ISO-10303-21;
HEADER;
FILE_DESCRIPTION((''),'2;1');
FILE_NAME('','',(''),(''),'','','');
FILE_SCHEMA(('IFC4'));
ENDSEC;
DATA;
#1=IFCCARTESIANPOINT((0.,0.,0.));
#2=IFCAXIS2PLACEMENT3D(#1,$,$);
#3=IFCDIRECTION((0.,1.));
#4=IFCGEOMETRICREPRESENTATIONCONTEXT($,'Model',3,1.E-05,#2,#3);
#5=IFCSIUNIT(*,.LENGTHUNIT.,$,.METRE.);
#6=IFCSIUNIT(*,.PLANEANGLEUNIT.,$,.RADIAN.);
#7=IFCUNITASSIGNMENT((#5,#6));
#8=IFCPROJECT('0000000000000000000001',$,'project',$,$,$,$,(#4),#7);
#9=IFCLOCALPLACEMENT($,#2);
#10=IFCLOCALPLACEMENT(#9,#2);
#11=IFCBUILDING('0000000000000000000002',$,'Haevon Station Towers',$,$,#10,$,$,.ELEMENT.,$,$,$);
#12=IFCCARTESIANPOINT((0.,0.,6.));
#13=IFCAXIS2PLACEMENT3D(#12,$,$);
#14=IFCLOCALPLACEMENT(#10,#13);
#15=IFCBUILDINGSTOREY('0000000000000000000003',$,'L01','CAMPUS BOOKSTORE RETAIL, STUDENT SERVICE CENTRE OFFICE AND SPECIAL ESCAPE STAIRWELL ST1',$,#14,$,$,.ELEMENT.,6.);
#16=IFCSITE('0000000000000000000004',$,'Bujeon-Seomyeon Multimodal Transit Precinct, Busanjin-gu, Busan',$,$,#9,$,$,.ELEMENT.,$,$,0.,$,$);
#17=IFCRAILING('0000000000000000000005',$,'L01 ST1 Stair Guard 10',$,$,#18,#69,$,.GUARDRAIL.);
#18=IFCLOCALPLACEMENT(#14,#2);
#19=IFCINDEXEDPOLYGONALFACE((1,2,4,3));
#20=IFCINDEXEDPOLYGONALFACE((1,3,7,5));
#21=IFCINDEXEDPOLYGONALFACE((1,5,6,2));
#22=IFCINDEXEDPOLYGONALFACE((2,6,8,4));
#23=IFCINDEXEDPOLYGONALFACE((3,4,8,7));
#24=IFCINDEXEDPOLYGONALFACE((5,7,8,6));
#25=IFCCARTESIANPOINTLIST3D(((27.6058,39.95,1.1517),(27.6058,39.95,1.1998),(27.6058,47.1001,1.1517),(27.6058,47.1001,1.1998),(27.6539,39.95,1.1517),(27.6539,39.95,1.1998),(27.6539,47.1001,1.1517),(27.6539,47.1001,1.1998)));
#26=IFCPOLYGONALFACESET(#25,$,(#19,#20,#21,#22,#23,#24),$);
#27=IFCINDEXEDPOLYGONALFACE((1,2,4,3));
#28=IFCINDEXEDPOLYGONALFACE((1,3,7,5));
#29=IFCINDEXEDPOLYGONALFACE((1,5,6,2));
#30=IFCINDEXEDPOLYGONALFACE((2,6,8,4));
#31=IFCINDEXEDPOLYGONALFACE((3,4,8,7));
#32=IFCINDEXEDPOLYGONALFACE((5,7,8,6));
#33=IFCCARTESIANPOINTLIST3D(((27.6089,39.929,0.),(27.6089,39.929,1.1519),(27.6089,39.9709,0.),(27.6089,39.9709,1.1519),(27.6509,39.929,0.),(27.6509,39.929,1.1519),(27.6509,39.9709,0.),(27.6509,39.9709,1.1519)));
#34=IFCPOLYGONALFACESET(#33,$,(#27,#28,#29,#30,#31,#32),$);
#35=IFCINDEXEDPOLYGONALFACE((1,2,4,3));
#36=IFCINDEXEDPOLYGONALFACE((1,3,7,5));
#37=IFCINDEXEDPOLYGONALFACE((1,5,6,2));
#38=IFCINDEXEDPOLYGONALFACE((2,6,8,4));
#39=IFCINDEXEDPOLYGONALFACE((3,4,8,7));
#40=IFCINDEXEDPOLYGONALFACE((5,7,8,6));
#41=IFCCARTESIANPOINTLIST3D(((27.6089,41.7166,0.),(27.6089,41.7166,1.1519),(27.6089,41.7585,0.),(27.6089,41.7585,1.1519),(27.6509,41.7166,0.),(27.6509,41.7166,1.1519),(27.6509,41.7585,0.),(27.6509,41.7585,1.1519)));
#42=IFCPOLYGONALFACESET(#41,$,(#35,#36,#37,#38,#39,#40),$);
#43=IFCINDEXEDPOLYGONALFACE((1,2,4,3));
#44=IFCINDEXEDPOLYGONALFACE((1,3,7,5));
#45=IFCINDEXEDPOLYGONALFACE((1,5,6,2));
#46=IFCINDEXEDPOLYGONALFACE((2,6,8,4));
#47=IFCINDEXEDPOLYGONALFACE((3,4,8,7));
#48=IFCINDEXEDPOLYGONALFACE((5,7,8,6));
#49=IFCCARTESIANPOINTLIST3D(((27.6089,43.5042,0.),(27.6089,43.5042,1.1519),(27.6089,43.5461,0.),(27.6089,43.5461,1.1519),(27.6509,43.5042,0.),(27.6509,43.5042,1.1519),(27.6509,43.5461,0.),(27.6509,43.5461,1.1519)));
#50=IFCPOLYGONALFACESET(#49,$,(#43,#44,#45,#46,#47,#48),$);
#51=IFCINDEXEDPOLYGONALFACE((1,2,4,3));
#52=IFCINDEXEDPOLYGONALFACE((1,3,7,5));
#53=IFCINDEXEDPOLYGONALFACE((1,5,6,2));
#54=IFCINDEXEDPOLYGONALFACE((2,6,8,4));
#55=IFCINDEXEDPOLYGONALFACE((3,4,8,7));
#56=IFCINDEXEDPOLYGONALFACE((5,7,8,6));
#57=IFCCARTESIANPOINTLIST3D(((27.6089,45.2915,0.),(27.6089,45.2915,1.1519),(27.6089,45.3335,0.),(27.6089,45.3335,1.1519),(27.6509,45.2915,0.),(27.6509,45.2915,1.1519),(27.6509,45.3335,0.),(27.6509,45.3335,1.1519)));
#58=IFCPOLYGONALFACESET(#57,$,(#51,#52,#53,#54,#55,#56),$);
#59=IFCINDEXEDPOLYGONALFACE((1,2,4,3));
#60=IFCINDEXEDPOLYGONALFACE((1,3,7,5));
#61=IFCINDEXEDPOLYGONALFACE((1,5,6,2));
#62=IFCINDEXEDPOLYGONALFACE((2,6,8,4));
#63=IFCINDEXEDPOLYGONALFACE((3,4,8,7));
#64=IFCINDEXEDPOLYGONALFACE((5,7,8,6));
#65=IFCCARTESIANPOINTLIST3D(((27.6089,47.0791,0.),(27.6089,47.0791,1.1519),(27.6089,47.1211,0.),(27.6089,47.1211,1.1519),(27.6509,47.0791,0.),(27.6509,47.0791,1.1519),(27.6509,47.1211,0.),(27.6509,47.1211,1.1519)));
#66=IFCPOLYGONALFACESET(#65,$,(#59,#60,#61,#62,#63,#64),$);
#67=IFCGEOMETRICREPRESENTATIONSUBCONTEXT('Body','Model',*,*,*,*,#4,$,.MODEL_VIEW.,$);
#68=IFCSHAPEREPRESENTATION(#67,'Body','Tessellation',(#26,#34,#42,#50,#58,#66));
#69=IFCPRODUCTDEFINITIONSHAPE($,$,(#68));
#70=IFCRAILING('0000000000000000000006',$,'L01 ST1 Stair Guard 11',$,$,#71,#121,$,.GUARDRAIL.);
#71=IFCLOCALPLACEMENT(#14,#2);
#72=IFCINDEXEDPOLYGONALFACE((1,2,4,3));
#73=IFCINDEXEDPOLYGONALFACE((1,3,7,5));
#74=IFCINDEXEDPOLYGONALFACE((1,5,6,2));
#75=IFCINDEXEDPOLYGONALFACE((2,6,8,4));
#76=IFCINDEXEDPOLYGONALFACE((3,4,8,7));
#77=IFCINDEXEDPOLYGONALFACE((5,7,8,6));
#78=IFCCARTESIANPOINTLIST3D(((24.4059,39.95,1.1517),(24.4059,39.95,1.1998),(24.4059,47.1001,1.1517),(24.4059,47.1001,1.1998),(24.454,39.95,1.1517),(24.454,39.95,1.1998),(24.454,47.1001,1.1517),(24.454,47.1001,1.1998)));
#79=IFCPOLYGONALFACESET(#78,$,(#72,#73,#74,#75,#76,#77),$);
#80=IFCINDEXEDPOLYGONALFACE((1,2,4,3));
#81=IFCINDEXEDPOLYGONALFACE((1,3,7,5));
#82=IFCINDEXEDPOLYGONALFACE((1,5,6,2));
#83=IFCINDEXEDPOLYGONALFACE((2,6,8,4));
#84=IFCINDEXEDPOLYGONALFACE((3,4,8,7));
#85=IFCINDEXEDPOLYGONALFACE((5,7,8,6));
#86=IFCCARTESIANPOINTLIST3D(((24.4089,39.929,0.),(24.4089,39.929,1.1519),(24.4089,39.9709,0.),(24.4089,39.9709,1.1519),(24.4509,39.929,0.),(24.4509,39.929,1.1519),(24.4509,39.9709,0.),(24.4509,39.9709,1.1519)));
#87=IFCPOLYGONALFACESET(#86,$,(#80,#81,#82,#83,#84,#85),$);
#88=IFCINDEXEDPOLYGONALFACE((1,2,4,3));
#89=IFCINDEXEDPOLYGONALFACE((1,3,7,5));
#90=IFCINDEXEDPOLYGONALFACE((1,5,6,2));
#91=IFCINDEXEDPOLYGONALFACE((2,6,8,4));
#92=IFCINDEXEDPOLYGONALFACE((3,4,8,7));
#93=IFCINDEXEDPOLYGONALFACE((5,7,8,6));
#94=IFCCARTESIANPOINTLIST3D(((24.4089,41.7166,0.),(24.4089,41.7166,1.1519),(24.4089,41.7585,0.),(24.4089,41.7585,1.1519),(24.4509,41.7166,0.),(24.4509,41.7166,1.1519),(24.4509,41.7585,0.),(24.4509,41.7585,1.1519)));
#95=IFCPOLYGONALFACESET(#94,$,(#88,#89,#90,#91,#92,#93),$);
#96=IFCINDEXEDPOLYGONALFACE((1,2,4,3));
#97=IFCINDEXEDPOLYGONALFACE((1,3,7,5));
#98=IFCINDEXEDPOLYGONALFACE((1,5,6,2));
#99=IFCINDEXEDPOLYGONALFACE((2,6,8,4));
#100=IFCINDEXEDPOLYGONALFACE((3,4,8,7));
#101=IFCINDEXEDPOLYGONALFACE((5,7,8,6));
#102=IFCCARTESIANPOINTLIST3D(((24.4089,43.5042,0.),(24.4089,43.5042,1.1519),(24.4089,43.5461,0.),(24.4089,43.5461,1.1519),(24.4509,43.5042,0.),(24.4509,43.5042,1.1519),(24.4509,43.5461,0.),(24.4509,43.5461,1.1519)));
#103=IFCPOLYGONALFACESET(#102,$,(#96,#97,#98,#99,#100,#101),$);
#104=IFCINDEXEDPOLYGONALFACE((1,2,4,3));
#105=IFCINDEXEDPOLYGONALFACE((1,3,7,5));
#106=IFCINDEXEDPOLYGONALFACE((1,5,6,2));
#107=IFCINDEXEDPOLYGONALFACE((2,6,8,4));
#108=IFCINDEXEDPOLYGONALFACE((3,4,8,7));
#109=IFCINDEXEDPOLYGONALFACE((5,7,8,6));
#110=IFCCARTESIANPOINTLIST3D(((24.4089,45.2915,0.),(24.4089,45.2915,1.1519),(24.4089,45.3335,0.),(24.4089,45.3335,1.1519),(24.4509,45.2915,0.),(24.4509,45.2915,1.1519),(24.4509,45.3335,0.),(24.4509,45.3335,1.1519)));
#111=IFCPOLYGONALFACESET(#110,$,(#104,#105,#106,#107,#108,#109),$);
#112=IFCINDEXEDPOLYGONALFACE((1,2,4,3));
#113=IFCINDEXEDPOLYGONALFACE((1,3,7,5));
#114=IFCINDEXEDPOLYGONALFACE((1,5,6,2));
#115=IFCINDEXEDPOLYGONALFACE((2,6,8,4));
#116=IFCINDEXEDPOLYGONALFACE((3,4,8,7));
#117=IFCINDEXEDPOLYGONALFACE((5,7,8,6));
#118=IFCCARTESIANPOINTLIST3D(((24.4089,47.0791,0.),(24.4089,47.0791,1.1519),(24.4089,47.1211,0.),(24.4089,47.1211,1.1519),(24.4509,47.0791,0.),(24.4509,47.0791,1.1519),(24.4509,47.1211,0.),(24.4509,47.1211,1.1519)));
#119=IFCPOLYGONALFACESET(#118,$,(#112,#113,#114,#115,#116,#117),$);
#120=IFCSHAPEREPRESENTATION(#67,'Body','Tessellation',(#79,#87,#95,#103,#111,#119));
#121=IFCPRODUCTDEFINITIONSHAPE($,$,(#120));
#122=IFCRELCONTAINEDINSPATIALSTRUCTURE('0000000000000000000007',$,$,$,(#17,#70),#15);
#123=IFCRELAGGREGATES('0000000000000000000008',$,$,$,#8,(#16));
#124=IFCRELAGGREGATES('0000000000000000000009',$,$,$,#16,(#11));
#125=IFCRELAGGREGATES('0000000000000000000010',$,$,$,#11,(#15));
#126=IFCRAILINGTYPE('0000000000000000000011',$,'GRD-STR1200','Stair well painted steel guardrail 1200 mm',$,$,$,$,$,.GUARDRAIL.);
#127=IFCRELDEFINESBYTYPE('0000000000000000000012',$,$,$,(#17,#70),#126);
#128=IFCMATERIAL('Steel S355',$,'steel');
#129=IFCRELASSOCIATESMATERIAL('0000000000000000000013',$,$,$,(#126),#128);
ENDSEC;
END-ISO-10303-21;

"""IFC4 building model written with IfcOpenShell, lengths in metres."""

from ifc_helpers import new_model, si_unit, direction, frame, origin, origin_2d, place, context, subcontext, project, spatial, rectangle, extrude, material, type_object, element, save


model = new_model("IFC4")

# Units and contexts
model_context = context("Model", 3, precision=1e-05, world=origin(), true_north=direction((0.0, 1.0)))
body_context = subcontext(model_context, "Body", "Model", "MODEL_VIEW")
ifc_project = project(units=[si_unit("LENGTHUNIT", "METRE"), si_unit("PLANEANGLEUNIT", "RADIAN")], contexts=[model_context])

# Site, building, storey
site_placement = place(None, origin())
site = spatial("IfcSite", under=ifc_project, at=site_placement, Name="Bujeon-Seomyeon Multimodal Transit Precinct, Busanjin-gu, Busan", CompositionType="ELEMENT", RefElevation=0.0)
building_placement = place(site_placement, origin())
building = spatial("IfcBuilding", under=site, at=building_placement, Name="Haevon Station Towers", CompositionType="ELEMENT")
storey_placement = place(building_placement, frame((0.0, 0.0, 6.0)))
storey = spatial("IfcBuildingStorey", under=building, at=storey_placement, Name="L01", Description="CAMPUS BOOKSTORE RETAIL, STUDENT SERVICE CENTRE OFFICE AND SPECIAL ESCAPE STAIRWELL ST1", CompositionType="ELEMENT", Elevation=6.0)

# Shared definitions
ifc_material_1 = material(Name="Steel S355", Category="steel")

# Railings
railing_type = type_object("IfcRailingType", Name="GRD-STR1200", Description="Stair well painted steel guardrail 1200 mm", PredefinedType="GUARDRAIL", material=ifc_material_1)
for number, where, name in (
    (1, (27.6299, 39.95, 0.0), "L01 ST1 Stair Guard 10"),
    (2, (24.4299, 39.95, 0.0), "L01 ST1 Stair Guard 11"),
):
    element("IfcRailing", number, at=place(storey_placement, frame(where)), inside=storey, type_object=railing_type, Name=name, PredefinedType="GUARDRAIL", context=body_context, shape_type="SweptSolid", body=[
        extrude(rectangle(XDim=0.0481, YDim=0.0481, at=origin_2d()), frame((0.0, 0.0, 1.1758), z_axis=(0.0, 1.0, 0.0), x_axis=(-1.0, 0.0, 0.0)), (0.0, 0.0, 1.0), 7.1501),
        extrude(rectangle(XDim=0.042, YDim=0.042, at=origin_2d()), origin(), (0.0, 0.0, 1.0), 1.1519),
        extrude(rectangle(XDim=0.042, YDim=0.042, at=origin_2d()), frame((0.0, 1.7876, 0.0)), (0.0, 0.0, 1.0), 1.1519),
        extrude(rectangle(XDim=0.042, YDim=0.042, at=origin_2d()), frame((0.0, 3.5752, 0.0)), (0.0, 0.0, 1.0), 1.1519),
        extrude(rectangle(XDim=0.042, YDim=0.042, at=origin_2d()), frame((0.0, 5.3625, 0.0)), (0.0, 0.0, 1.0), 1.1519),
        extrude(rectangle(XDim=0.042, YDim=0.042, at=origin_2d()), frame((0.0, 7.1501, 0.0)), (0.0, 0.0, 1.0), 1.1519),
    ])

save(model, "model.ifc")
